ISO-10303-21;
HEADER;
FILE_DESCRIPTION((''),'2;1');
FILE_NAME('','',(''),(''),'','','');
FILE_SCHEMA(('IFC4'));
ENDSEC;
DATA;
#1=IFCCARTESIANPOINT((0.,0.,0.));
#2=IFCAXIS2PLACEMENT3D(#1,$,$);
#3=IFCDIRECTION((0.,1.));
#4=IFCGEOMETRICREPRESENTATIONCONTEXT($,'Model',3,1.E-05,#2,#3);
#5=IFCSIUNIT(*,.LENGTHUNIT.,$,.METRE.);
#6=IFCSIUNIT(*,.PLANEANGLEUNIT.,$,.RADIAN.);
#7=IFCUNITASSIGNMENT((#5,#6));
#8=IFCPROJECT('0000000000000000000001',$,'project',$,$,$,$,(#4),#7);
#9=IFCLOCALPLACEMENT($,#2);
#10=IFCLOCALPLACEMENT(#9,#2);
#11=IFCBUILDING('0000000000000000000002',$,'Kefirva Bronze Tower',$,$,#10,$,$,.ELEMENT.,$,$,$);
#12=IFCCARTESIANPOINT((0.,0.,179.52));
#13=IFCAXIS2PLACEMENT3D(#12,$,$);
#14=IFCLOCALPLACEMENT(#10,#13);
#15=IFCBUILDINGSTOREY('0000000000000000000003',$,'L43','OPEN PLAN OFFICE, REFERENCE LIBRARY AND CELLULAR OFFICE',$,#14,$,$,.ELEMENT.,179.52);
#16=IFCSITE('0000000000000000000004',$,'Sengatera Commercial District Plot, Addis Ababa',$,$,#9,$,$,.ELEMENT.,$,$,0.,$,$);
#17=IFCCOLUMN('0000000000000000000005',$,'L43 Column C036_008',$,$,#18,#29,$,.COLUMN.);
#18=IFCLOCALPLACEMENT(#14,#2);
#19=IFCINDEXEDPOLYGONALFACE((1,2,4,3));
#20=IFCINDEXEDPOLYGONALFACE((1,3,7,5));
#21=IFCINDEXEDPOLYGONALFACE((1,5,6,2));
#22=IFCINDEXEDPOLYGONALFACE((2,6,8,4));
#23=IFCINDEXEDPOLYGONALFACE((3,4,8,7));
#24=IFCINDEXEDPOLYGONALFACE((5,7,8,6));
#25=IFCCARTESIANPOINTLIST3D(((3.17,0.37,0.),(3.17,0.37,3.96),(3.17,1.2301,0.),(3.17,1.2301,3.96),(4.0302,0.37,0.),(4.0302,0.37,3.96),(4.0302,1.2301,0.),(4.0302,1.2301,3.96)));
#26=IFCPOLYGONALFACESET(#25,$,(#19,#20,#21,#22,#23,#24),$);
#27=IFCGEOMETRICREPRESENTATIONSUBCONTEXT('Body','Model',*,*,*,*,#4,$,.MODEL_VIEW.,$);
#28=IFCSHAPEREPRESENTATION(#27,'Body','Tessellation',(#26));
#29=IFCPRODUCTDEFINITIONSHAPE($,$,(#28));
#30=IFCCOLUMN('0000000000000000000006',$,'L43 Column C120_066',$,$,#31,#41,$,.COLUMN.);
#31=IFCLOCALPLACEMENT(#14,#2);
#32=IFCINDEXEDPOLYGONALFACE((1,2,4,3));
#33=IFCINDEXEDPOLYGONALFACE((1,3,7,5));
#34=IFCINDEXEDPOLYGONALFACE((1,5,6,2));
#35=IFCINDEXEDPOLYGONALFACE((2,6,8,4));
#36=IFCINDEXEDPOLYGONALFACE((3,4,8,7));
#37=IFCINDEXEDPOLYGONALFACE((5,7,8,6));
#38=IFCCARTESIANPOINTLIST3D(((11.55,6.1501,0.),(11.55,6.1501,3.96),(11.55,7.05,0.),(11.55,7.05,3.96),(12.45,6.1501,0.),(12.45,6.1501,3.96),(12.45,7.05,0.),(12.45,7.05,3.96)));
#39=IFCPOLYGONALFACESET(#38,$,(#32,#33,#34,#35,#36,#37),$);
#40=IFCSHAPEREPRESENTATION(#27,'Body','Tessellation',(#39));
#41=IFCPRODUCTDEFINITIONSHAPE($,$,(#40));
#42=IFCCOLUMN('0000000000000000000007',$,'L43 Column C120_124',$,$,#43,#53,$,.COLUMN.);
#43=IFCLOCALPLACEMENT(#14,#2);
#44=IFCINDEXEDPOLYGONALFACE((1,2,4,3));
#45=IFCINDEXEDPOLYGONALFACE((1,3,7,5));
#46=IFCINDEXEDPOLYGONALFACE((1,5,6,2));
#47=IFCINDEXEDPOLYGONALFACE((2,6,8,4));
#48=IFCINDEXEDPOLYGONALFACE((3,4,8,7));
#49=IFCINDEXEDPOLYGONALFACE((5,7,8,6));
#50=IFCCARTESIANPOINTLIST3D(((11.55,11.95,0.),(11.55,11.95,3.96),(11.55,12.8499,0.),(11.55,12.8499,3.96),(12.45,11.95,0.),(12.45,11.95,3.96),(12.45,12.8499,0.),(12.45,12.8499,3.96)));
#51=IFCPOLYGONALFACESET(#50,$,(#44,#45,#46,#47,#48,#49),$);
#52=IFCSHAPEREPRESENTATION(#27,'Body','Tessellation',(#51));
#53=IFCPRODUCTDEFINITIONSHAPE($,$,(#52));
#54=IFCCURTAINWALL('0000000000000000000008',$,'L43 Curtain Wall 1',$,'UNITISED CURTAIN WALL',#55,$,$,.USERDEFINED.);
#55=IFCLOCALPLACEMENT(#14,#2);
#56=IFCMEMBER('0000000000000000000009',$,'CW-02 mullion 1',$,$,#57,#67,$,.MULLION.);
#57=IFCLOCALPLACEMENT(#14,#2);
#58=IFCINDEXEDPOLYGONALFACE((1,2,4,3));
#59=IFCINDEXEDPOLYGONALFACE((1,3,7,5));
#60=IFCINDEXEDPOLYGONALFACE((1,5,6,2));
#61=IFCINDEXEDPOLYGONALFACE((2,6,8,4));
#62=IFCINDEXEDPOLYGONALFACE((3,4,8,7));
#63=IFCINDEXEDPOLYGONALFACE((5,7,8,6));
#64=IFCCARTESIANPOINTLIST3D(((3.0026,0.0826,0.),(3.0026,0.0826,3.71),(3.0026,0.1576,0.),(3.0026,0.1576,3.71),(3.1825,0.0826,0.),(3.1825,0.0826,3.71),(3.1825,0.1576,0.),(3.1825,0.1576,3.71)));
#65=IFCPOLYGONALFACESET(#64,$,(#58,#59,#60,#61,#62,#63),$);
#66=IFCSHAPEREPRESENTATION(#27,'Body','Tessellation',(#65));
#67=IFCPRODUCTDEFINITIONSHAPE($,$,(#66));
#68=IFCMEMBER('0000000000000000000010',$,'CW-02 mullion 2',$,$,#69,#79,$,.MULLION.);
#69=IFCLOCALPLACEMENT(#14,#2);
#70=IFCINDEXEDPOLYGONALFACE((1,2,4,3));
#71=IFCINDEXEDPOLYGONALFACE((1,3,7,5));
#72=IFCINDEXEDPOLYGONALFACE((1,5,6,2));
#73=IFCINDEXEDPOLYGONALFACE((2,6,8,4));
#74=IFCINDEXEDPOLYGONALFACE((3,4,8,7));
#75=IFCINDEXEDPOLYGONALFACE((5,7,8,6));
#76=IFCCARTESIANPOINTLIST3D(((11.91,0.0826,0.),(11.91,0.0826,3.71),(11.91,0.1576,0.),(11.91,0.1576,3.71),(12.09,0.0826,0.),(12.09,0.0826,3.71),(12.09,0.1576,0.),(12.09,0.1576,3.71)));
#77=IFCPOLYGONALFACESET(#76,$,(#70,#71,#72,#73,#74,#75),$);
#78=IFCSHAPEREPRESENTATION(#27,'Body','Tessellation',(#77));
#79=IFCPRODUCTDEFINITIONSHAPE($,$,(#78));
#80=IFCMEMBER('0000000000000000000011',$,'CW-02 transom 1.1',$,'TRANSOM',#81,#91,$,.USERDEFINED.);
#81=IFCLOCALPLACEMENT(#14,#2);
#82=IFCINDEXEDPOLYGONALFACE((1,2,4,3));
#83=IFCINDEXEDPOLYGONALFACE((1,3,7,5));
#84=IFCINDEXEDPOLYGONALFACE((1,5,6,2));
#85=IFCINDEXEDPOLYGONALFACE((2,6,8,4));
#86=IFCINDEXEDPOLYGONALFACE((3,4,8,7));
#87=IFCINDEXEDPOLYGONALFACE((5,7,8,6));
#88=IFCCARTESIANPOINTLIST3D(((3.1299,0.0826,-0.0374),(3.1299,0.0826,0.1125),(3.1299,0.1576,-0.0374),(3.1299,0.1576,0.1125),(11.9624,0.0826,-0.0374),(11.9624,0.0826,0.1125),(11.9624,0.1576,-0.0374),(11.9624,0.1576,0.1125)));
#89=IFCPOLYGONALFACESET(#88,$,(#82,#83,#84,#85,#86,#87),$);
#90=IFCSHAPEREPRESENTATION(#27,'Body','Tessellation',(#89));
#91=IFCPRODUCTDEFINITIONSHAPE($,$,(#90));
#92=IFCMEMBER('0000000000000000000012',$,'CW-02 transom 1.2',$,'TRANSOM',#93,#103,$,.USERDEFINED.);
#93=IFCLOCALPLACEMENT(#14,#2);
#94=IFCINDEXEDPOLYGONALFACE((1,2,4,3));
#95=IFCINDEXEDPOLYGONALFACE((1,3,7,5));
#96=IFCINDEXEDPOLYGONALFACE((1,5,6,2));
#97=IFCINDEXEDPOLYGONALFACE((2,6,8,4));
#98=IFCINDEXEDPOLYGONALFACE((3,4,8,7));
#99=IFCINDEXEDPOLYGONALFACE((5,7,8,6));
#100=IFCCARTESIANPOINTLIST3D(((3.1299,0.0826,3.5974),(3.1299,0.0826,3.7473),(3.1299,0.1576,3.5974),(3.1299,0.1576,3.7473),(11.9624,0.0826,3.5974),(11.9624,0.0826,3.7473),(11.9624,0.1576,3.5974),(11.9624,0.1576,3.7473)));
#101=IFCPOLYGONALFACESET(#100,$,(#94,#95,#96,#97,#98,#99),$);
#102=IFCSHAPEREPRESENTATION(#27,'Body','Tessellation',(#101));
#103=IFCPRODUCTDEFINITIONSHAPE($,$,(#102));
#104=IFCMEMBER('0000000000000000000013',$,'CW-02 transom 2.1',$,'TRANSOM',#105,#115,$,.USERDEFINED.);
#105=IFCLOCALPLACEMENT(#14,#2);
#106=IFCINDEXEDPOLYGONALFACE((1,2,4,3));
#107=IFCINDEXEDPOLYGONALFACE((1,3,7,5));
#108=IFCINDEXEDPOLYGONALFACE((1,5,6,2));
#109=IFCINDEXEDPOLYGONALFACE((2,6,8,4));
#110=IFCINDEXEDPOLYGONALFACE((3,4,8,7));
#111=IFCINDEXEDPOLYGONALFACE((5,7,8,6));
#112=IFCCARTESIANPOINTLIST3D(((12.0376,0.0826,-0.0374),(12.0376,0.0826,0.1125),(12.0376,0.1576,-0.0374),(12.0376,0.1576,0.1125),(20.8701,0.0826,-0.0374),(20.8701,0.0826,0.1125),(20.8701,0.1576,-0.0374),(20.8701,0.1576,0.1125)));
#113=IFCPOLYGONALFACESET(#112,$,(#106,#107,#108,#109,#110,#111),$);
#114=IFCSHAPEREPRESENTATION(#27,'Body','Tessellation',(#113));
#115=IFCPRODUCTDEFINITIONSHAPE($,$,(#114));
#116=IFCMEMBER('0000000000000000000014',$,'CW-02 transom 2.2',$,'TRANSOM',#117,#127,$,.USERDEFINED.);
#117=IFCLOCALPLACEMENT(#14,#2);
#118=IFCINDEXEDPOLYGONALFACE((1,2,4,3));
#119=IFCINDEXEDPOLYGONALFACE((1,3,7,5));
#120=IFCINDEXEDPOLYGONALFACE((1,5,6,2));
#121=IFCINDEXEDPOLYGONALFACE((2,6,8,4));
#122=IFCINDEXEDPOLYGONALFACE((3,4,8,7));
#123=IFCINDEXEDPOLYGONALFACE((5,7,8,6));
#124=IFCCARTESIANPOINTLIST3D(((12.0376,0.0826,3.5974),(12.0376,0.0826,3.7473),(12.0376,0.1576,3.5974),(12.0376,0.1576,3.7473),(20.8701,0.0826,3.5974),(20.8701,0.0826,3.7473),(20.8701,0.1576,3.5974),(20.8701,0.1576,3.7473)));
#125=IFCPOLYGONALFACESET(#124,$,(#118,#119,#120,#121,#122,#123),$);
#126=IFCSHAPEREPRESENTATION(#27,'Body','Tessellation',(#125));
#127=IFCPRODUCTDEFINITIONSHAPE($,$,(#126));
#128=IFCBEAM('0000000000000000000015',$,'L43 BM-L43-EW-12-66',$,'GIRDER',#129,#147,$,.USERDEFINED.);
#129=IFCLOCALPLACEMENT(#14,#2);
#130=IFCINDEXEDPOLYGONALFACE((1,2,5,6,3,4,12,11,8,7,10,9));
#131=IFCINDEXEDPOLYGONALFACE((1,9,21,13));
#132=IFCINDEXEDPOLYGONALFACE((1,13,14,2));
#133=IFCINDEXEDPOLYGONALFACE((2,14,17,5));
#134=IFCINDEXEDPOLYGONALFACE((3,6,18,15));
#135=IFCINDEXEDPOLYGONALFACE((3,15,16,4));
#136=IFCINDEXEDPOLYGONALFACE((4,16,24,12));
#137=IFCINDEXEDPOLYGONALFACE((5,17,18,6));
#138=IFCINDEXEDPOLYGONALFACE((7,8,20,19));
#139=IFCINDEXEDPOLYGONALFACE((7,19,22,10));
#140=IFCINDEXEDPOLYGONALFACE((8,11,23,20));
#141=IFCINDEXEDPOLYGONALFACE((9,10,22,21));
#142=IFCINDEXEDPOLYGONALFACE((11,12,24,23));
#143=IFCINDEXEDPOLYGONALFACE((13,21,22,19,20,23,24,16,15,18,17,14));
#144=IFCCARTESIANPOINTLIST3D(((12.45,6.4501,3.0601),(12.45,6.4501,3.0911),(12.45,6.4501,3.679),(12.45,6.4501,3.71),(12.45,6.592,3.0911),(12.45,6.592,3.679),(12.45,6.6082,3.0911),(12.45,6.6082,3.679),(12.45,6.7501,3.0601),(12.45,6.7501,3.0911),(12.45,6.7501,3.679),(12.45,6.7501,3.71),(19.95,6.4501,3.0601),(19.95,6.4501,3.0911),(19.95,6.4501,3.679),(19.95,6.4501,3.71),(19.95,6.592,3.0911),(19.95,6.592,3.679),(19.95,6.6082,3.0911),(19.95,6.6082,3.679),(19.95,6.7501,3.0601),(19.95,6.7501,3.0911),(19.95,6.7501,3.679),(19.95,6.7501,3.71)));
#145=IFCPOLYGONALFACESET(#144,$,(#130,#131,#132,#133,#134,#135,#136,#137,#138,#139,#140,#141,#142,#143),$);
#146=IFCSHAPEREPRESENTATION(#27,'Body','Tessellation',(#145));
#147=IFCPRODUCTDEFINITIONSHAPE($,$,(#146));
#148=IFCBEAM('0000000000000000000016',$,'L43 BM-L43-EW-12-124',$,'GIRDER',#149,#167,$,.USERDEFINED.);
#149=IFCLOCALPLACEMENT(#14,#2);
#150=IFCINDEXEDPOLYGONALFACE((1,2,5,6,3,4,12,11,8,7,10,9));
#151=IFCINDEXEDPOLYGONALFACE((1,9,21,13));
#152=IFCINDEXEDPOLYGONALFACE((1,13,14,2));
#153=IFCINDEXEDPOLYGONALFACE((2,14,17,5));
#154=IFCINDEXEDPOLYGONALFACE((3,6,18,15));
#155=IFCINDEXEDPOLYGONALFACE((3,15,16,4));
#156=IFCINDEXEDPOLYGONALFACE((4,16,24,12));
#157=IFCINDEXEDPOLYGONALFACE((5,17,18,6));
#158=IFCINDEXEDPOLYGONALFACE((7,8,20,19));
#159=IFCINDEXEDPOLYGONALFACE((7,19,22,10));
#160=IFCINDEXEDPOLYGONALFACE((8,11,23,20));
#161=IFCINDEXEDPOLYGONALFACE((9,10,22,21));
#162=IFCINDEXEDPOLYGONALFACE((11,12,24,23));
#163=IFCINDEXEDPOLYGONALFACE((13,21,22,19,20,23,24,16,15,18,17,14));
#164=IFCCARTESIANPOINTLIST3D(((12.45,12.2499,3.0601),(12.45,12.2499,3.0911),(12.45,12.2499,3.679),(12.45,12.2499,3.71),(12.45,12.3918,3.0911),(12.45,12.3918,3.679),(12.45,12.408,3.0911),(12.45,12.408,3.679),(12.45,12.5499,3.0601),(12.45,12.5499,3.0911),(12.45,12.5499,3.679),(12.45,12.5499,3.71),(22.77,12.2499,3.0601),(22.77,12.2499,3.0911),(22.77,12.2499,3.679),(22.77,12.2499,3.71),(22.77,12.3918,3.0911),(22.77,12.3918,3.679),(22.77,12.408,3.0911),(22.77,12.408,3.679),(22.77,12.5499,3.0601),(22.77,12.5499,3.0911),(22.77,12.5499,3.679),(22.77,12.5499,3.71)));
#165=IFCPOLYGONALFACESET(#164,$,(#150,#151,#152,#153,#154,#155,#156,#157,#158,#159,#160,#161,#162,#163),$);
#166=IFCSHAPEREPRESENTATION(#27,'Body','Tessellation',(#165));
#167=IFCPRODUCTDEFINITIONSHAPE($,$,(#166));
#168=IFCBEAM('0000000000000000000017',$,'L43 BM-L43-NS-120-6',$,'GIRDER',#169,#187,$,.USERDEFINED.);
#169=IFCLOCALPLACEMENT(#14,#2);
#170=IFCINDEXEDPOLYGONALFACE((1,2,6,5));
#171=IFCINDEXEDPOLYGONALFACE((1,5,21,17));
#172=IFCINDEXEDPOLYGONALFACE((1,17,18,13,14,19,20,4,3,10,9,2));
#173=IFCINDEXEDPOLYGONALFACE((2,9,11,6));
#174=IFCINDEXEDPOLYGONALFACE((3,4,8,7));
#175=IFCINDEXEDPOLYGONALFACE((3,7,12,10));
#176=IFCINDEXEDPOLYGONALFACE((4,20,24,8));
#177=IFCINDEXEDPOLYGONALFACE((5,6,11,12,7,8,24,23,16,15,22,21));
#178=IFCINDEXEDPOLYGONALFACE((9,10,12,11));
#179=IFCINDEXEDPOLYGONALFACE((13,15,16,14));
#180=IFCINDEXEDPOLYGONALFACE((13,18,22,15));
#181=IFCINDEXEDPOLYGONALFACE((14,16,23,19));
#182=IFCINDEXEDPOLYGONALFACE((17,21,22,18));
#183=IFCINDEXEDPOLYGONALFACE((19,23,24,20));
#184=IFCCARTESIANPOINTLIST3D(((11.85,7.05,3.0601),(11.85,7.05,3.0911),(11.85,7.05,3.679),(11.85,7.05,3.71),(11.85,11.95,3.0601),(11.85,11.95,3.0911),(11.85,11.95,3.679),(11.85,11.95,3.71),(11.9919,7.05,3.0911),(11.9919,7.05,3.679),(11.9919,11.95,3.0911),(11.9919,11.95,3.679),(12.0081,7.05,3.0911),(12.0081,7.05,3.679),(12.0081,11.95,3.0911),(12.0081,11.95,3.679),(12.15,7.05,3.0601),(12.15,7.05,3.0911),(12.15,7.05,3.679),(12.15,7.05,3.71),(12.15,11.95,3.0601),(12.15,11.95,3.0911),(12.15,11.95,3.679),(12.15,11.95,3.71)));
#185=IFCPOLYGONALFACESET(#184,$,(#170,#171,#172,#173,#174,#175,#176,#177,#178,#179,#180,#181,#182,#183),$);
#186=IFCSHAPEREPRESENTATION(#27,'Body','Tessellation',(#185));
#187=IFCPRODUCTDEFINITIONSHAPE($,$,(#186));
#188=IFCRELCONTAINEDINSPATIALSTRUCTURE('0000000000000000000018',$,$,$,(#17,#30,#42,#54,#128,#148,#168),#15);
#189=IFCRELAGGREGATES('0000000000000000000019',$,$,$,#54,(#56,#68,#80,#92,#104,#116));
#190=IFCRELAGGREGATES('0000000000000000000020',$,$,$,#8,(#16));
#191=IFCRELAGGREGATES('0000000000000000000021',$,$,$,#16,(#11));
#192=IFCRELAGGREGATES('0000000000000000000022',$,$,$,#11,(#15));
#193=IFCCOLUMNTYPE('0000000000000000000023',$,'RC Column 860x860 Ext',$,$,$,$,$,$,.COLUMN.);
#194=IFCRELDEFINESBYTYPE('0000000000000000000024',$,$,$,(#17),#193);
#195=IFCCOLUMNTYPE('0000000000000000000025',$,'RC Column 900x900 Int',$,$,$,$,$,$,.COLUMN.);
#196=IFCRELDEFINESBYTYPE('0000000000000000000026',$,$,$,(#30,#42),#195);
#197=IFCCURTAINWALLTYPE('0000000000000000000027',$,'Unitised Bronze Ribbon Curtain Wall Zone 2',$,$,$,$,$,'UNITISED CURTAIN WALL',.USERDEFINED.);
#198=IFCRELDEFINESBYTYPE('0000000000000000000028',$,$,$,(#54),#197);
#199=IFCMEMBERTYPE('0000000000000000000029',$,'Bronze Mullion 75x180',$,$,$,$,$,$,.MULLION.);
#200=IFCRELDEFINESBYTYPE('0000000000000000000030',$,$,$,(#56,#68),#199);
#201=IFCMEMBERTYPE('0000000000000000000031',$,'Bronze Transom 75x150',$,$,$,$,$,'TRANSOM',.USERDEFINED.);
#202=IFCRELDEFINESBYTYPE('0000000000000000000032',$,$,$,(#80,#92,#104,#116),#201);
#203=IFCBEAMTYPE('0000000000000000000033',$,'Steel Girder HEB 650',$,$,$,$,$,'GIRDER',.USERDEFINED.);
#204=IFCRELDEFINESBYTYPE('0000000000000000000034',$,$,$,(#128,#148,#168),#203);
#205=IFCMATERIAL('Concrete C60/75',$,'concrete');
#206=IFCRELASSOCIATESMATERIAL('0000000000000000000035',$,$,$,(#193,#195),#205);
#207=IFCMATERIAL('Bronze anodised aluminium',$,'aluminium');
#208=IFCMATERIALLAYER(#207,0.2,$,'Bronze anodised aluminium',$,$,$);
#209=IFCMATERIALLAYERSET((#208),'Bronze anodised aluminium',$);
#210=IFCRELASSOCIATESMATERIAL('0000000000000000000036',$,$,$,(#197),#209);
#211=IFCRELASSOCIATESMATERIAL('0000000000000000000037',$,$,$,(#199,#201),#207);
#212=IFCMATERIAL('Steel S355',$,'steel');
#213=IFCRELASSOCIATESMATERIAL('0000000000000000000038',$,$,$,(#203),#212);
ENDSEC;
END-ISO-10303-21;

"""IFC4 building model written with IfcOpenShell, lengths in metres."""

from ifc_helpers import new_model, si_unit, direction, frame, origin, origin_2d, place, context, subcontext, project, spatial, rectangle, i_section, extrude, material, layer, layer_set, material_profile, profile_set, type_object, element, aggregate, save


model = new_model("IFC4")

# Units and contexts
model_context = context("Model", 3, precision=1e-05, world=origin(), true_north=direction((0.0, 1.0)))
body_context = subcontext(model_context, "Body", "Model", "MODEL_VIEW")
ifc_project = project(units=[si_unit("LENGTHUNIT", "METRE"), si_unit("PLANEANGLEUNIT", "RADIAN")], contexts=[model_context])

# Site, building, storey
site_placement = place(None, origin())
site = spatial("IfcSite", under=ifc_project, at=site_placement, Name="Sengatera Commercial District Plot, Addis Ababa", CompositionType="ELEMENT", RefElevation=0.0)
building_placement = place(site_placement, origin())
building = spatial("IfcBuilding", under=site, at=building_placement, Name="Kefirva Bronze Tower", CompositionType="ELEMENT")
storey_placement = place(building_placement, frame((0.0, 0.0, 179.52)))
storey = spatial("IfcBuildingStorey", under=building, at=storey_placement, Name="L43", Description="OPEN PLAN OFFICE, REFERENCE LIBRARY AND CELLULAR OFFICE", CompositionType="ELEMENT", Elevation=179.52)

# Columns
ifc_material_1 = material(Name="Concrete C60/75", Category="concrete")
ifc_material_profile_1 = material_profile(ifc_material_1, rectangle(XDim=0.8601, YDim=0.8601, at=origin_2d()), Name="RC 860x860")
ifc_profile_set_1 = profile_set([ifc_material_profile_1], Name="Concrete C60/75")
column_type_1 = type_object("IfcColumnType", Name="RC Column 860x860 Ext", PredefinedType="COLUMN", material=ifc_profile_set_1)
column_placement = place(storey_placement, frame((3.6001, 0.8, 0.0), z_axis=(0.0, 0.0, 1.0), x_axis=(1.0, 0.0, 0.0)))
element("IfcColumn", 1, at=column_placement, inside=storey, type_object=column_type_1, Name="L43 Column C036_008", PredefinedType="COLUMN", context=body_context, shape_type="SweptSolid", body=[
    extrude(rectangle(XDim=0.8601, YDim=0.8601, at=origin_2d()), origin(), (0.0, 0.0, 1.0), 3.96),
])
ifc_material_profile_2 = material_profile(ifc_material_1, rectangle(XDim=0.8999, YDim=0.8999, at=origin_2d()), Name="RC 900x900")
ifc_profile_set_2 = profile_set([ifc_material_profile_2], Name="Concrete C60/75")
column_type_2 = type_object("IfcColumnType", Name="RC Column 900x900 Int", PredefinedType="COLUMN", material=ifc_profile_set_2)
for number, where, z_axis, x_axis, name in (
    (2, (12.0, 6.6001, 0.0), (0.0, 0.0, 1.0), (1.0, 0.0, 0.0), "L43 Column C120_066"),
    (3, (12.0, 12.3999, 0.0), (0.0, 0.0, 1.0), (1.0, 0.0, 0.0), "L43 Column C120_124"),
):
    element("IfcColumn", number, at=place(storey_placement, frame(where, z_axis=z_axis, x_axis=x_axis)), inside=storey, type_object=column_type_2, Name=name, PredefinedType="COLUMN", context=body_context, shape_type="SweptSolid", body=[
        extrude(rectangle(XDim=0.8999, YDim=0.8999, at=origin_2d()), origin(), (0.0, 0.0, 1.0), 3.96),
    ])

# Curtain wall, members
ifc_material_2 = material(Name="Bronze anodised aluminium", Category="aluminium")
ifc_layer_1 = layer(ifc_material_2, 0.2, Name="Bronze anodised aluminium")
ifc_layer_set_1 = layer_set([ifc_layer_1], Name="Bronze anodised aluminium")
curtain_wall_type = type_object("IfcCurtainWallType", Name="Unitised Bronze Ribbon Curtain Wall Zone 2", ElementType="UNITISED CURTAIN WALL", PredefinedType="USERDEFINED", material=ifc_layer_set_1)
curtain_wall_placement = place(storey_placement, origin())
curtain_wall = element("IfcCurtainWall", 4, at=curtain_wall_placement, inside=storey, type_object=curtain_wall_type, Name="L43 Curtain Wall 1", ObjectType="UNITISED CURTAIN WALL", PredefinedType="USERDEFINED")
ifc_material_profile_3 = material_profile(ifc_material_2, rectangle(XDim=0.075, YDim=0.1799, at=origin_2d()), Name="ALU 75x180")
ifc_profile_set_3 = profile_set([ifc_material_profile_3], Name="Bronze anodised aluminium")
member_type_1 = type_object("IfcMemberType", Name="Bronze Mullion 75x180", PredefinedType="MULLION", material=ifc_profile_set_3)
member_1_placement = place(storey_placement, frame((3.0925, 0.1201, 0.0), z_axis=(0.0, 0.0, 1.0), x_axis=(0.0, 1.0, 0.0)))
member_1 = element("IfcMember", 5, at=member_1_placement, type_object=member_type_1, Name="CW-02 mullion 1", PredefinedType="MULLION", context=body_context, shape_type="SweptSolid", body=[
    extrude(rectangle(XDim=0.075, YDim=0.1799, at=origin_2d()), origin(), (0.0, 0.0, 1.0), 3.71),
])
member_2_placement = place(storey_placement, frame((12.0, 0.1201, 0.0), z_axis=(0.0, 0.0, 1.0), x_axis=(0.0, 1.0, 0.0)))
member_2 = element("IfcMember", 6, at=member_2_placement, type_object=member_type_1, Name="CW-02 mullion 2", PredefinedType="MULLION", context=body_context, shape_type="SweptSolid", body=[
    extrude(rectangle(XDim=0.075, YDim=0.1799, at=origin_2d()), origin(), (0.0, 0.0, 1.0), 3.71),
])
ifc_material_profile_4 = material_profile(ifc_material_2, rectangle(XDim=0.075, YDim=0.1499, at=origin_2d()), Name="ALU 75x150")
ifc_profile_set_4 = profile_set([ifc_material_profile_4], Name="Bronze anodised aluminium")
member_type_2 = type_object("IfcMemberType", Name="Bronze Transom 75x150", ElementType="TRANSOM", PredefinedType="USERDEFINED", material=ifc_profile_set_4)
member_3_placement = place(storey_placement, frame((3.1299, 0.1201, 0.0376), z_axis=(1.0, 0.0, 0.0), x_axis=(0.0, 1.0, 0.0)))
member_3 = element("IfcMember", 7, at=member_3_placement, type_object=member_type_2, Name="CW-02 transom 1.1", ObjectType="TRANSOM", PredefinedType="USERDEFINED", context=body_context, shape_type="SweptSolid", body=[
    extrude(rectangle(XDim=0.075, YDim=0.1499, at=origin_2d()), origin(), (0.0, 0.0, 1.0), 8.8325),
])
member_4_placement = place(storey_placement, frame((3.1299, 0.1201, 3.6724), z_axis=(1.0, 0.0, 0.0), x_axis=(0.0, 1.0, 0.0)))
member_4 = element("IfcMember", 8, at=member_4_placement, type_object=member_type_2, Name="CW-02 transom 1.2", ObjectType="TRANSOM", PredefinedType="USERDEFINED", context=body_context, shape_type="SweptSolid", body=[
    extrude(rectangle(XDim=0.075, YDim=0.1499, at=origin_2d()), origin(), (0.0, 0.0, 1.0), 8.8325),
])
member_5_placement = place(storey_placement, frame((12.0376, 0.1201, 0.0376), z_axis=(1.0, 0.0, 0.0), x_axis=(0.0, 1.0, 0.0)))
member_5 = element("IfcMember", 9, at=member_5_placement, type_object=member_type_2, Name="CW-02 transom 2.1", ObjectType="TRANSOM", PredefinedType="USERDEFINED", context=body_context, shape_type="SweptSolid", body=[
    extrude(rectangle(XDim=0.075, YDim=0.1499, at=origin_2d()), origin(), (0.0, 0.0, 1.0), 8.8325),
])
member_6_placement = place(storey_placement, frame((12.0376, 0.1201, 3.6724), z_axis=(1.0, 0.0, 0.0), x_axis=(0.0, 1.0, 0.0)))
member_6 = element("IfcMember", 10, at=member_6_placement, type_object=member_type_2, Name="CW-02 transom 2.2", ObjectType="TRANSOM", PredefinedType="USERDEFINED", context=body_context, shape_type="SweptSolid", body=[
    extrude(rectangle(XDim=0.075, YDim=0.1499, at=origin_2d()), origin(), (0.0, 0.0, 1.0), 8.8325),
])

# Beams
ifc_material_3 = material(Name="Steel S355", Category="steel")
ifc_material_profile_5 = material_profile(ifc_material_3, i_section(OverallWidth=0.3, OverallDepth=0.6499, WebThickness=0.0161, FlangeThickness=0.031, at=origin_2d()), Name="HEB 650")
ifc_profile_set_5 = profile_set([ifc_material_profile_5], Name="Steel S355")
beam_type_1 = type_object("IfcBeamType", Name="Steel Girder HEB 650", ElementType="GIRDER", PredefinedType="USERDEFINED", material=ifc_profile_set_5)
beam_1_placement = place(storey_placement, frame((12.45, 6.6001, 3.385), z_axis=(1.0, 0.0, 0.0), x_axis=(0.0, 1.0, 0.0)))
element("IfcBeam", 11, at=beam_1_placement, inside=storey, type_object=beam_type_1, Name="L43 BM-L43-EW-12-66", ObjectType="GIRDER", PredefinedType="USERDEFINED", context=body_context, shape_type="SweptSolid", body=[
    extrude(i_section(OverallWidth=0.3, OverallDepth=0.6499, WebThickness=0.0161, FlangeThickness=0.031, at=origin_2d()), origin(), (0.0, 0.0, 1.0), 7.5),
])
beam_2_placement = place(storey_placement, frame((12.45, 12.3999, 3.385), z_axis=(1.0, 0.0, 0.0), x_axis=(0.0, 1.0, 0.0)))
element("IfcBeam", 12, at=beam_2_placement, inside=storey, type_object=beam_type_1, Name="L43 BM-L43-EW-12-124", ObjectType="GIRDER", PredefinedType="USERDEFINED", context=body_context, shape_type="SweptSolid", body=[
    extrude(i_section(OverallWidth=0.3, OverallDepth=0.6499, WebThickness=0.0161, FlangeThickness=0.031, at=origin_2d()), origin(), (0.0, 0.0, 1.0), 10.3201),
])
beam_3_placement = place(storey_placement, frame((12.0, 7.05, 3.385), z_axis=(0.0, 1.0, 0.0), x_axis=(-1.0, 0.0, 0.0)))
element("IfcBeam", 13, at=beam_3_placement, inside=storey, type_object=beam_type_1, Name="L43 BM-L43-NS-120-6", ObjectType="GIRDER", PredefinedType="USERDEFINED", context=body_context, shape_type="SweptSolid", body=[
    extrude(i_section(OverallWidth=0.3, OverallDepth=0.6499, WebThickness=0.0161, FlangeThickness=0.031, at=origin_2d()), origin(), (0.0, 0.0, 1.0), 4.8999),
])

aggregate(curtain_wall, [member_1, member_2, member_3, member_4, member_5, member_6])

save(model, "model.ifc")
